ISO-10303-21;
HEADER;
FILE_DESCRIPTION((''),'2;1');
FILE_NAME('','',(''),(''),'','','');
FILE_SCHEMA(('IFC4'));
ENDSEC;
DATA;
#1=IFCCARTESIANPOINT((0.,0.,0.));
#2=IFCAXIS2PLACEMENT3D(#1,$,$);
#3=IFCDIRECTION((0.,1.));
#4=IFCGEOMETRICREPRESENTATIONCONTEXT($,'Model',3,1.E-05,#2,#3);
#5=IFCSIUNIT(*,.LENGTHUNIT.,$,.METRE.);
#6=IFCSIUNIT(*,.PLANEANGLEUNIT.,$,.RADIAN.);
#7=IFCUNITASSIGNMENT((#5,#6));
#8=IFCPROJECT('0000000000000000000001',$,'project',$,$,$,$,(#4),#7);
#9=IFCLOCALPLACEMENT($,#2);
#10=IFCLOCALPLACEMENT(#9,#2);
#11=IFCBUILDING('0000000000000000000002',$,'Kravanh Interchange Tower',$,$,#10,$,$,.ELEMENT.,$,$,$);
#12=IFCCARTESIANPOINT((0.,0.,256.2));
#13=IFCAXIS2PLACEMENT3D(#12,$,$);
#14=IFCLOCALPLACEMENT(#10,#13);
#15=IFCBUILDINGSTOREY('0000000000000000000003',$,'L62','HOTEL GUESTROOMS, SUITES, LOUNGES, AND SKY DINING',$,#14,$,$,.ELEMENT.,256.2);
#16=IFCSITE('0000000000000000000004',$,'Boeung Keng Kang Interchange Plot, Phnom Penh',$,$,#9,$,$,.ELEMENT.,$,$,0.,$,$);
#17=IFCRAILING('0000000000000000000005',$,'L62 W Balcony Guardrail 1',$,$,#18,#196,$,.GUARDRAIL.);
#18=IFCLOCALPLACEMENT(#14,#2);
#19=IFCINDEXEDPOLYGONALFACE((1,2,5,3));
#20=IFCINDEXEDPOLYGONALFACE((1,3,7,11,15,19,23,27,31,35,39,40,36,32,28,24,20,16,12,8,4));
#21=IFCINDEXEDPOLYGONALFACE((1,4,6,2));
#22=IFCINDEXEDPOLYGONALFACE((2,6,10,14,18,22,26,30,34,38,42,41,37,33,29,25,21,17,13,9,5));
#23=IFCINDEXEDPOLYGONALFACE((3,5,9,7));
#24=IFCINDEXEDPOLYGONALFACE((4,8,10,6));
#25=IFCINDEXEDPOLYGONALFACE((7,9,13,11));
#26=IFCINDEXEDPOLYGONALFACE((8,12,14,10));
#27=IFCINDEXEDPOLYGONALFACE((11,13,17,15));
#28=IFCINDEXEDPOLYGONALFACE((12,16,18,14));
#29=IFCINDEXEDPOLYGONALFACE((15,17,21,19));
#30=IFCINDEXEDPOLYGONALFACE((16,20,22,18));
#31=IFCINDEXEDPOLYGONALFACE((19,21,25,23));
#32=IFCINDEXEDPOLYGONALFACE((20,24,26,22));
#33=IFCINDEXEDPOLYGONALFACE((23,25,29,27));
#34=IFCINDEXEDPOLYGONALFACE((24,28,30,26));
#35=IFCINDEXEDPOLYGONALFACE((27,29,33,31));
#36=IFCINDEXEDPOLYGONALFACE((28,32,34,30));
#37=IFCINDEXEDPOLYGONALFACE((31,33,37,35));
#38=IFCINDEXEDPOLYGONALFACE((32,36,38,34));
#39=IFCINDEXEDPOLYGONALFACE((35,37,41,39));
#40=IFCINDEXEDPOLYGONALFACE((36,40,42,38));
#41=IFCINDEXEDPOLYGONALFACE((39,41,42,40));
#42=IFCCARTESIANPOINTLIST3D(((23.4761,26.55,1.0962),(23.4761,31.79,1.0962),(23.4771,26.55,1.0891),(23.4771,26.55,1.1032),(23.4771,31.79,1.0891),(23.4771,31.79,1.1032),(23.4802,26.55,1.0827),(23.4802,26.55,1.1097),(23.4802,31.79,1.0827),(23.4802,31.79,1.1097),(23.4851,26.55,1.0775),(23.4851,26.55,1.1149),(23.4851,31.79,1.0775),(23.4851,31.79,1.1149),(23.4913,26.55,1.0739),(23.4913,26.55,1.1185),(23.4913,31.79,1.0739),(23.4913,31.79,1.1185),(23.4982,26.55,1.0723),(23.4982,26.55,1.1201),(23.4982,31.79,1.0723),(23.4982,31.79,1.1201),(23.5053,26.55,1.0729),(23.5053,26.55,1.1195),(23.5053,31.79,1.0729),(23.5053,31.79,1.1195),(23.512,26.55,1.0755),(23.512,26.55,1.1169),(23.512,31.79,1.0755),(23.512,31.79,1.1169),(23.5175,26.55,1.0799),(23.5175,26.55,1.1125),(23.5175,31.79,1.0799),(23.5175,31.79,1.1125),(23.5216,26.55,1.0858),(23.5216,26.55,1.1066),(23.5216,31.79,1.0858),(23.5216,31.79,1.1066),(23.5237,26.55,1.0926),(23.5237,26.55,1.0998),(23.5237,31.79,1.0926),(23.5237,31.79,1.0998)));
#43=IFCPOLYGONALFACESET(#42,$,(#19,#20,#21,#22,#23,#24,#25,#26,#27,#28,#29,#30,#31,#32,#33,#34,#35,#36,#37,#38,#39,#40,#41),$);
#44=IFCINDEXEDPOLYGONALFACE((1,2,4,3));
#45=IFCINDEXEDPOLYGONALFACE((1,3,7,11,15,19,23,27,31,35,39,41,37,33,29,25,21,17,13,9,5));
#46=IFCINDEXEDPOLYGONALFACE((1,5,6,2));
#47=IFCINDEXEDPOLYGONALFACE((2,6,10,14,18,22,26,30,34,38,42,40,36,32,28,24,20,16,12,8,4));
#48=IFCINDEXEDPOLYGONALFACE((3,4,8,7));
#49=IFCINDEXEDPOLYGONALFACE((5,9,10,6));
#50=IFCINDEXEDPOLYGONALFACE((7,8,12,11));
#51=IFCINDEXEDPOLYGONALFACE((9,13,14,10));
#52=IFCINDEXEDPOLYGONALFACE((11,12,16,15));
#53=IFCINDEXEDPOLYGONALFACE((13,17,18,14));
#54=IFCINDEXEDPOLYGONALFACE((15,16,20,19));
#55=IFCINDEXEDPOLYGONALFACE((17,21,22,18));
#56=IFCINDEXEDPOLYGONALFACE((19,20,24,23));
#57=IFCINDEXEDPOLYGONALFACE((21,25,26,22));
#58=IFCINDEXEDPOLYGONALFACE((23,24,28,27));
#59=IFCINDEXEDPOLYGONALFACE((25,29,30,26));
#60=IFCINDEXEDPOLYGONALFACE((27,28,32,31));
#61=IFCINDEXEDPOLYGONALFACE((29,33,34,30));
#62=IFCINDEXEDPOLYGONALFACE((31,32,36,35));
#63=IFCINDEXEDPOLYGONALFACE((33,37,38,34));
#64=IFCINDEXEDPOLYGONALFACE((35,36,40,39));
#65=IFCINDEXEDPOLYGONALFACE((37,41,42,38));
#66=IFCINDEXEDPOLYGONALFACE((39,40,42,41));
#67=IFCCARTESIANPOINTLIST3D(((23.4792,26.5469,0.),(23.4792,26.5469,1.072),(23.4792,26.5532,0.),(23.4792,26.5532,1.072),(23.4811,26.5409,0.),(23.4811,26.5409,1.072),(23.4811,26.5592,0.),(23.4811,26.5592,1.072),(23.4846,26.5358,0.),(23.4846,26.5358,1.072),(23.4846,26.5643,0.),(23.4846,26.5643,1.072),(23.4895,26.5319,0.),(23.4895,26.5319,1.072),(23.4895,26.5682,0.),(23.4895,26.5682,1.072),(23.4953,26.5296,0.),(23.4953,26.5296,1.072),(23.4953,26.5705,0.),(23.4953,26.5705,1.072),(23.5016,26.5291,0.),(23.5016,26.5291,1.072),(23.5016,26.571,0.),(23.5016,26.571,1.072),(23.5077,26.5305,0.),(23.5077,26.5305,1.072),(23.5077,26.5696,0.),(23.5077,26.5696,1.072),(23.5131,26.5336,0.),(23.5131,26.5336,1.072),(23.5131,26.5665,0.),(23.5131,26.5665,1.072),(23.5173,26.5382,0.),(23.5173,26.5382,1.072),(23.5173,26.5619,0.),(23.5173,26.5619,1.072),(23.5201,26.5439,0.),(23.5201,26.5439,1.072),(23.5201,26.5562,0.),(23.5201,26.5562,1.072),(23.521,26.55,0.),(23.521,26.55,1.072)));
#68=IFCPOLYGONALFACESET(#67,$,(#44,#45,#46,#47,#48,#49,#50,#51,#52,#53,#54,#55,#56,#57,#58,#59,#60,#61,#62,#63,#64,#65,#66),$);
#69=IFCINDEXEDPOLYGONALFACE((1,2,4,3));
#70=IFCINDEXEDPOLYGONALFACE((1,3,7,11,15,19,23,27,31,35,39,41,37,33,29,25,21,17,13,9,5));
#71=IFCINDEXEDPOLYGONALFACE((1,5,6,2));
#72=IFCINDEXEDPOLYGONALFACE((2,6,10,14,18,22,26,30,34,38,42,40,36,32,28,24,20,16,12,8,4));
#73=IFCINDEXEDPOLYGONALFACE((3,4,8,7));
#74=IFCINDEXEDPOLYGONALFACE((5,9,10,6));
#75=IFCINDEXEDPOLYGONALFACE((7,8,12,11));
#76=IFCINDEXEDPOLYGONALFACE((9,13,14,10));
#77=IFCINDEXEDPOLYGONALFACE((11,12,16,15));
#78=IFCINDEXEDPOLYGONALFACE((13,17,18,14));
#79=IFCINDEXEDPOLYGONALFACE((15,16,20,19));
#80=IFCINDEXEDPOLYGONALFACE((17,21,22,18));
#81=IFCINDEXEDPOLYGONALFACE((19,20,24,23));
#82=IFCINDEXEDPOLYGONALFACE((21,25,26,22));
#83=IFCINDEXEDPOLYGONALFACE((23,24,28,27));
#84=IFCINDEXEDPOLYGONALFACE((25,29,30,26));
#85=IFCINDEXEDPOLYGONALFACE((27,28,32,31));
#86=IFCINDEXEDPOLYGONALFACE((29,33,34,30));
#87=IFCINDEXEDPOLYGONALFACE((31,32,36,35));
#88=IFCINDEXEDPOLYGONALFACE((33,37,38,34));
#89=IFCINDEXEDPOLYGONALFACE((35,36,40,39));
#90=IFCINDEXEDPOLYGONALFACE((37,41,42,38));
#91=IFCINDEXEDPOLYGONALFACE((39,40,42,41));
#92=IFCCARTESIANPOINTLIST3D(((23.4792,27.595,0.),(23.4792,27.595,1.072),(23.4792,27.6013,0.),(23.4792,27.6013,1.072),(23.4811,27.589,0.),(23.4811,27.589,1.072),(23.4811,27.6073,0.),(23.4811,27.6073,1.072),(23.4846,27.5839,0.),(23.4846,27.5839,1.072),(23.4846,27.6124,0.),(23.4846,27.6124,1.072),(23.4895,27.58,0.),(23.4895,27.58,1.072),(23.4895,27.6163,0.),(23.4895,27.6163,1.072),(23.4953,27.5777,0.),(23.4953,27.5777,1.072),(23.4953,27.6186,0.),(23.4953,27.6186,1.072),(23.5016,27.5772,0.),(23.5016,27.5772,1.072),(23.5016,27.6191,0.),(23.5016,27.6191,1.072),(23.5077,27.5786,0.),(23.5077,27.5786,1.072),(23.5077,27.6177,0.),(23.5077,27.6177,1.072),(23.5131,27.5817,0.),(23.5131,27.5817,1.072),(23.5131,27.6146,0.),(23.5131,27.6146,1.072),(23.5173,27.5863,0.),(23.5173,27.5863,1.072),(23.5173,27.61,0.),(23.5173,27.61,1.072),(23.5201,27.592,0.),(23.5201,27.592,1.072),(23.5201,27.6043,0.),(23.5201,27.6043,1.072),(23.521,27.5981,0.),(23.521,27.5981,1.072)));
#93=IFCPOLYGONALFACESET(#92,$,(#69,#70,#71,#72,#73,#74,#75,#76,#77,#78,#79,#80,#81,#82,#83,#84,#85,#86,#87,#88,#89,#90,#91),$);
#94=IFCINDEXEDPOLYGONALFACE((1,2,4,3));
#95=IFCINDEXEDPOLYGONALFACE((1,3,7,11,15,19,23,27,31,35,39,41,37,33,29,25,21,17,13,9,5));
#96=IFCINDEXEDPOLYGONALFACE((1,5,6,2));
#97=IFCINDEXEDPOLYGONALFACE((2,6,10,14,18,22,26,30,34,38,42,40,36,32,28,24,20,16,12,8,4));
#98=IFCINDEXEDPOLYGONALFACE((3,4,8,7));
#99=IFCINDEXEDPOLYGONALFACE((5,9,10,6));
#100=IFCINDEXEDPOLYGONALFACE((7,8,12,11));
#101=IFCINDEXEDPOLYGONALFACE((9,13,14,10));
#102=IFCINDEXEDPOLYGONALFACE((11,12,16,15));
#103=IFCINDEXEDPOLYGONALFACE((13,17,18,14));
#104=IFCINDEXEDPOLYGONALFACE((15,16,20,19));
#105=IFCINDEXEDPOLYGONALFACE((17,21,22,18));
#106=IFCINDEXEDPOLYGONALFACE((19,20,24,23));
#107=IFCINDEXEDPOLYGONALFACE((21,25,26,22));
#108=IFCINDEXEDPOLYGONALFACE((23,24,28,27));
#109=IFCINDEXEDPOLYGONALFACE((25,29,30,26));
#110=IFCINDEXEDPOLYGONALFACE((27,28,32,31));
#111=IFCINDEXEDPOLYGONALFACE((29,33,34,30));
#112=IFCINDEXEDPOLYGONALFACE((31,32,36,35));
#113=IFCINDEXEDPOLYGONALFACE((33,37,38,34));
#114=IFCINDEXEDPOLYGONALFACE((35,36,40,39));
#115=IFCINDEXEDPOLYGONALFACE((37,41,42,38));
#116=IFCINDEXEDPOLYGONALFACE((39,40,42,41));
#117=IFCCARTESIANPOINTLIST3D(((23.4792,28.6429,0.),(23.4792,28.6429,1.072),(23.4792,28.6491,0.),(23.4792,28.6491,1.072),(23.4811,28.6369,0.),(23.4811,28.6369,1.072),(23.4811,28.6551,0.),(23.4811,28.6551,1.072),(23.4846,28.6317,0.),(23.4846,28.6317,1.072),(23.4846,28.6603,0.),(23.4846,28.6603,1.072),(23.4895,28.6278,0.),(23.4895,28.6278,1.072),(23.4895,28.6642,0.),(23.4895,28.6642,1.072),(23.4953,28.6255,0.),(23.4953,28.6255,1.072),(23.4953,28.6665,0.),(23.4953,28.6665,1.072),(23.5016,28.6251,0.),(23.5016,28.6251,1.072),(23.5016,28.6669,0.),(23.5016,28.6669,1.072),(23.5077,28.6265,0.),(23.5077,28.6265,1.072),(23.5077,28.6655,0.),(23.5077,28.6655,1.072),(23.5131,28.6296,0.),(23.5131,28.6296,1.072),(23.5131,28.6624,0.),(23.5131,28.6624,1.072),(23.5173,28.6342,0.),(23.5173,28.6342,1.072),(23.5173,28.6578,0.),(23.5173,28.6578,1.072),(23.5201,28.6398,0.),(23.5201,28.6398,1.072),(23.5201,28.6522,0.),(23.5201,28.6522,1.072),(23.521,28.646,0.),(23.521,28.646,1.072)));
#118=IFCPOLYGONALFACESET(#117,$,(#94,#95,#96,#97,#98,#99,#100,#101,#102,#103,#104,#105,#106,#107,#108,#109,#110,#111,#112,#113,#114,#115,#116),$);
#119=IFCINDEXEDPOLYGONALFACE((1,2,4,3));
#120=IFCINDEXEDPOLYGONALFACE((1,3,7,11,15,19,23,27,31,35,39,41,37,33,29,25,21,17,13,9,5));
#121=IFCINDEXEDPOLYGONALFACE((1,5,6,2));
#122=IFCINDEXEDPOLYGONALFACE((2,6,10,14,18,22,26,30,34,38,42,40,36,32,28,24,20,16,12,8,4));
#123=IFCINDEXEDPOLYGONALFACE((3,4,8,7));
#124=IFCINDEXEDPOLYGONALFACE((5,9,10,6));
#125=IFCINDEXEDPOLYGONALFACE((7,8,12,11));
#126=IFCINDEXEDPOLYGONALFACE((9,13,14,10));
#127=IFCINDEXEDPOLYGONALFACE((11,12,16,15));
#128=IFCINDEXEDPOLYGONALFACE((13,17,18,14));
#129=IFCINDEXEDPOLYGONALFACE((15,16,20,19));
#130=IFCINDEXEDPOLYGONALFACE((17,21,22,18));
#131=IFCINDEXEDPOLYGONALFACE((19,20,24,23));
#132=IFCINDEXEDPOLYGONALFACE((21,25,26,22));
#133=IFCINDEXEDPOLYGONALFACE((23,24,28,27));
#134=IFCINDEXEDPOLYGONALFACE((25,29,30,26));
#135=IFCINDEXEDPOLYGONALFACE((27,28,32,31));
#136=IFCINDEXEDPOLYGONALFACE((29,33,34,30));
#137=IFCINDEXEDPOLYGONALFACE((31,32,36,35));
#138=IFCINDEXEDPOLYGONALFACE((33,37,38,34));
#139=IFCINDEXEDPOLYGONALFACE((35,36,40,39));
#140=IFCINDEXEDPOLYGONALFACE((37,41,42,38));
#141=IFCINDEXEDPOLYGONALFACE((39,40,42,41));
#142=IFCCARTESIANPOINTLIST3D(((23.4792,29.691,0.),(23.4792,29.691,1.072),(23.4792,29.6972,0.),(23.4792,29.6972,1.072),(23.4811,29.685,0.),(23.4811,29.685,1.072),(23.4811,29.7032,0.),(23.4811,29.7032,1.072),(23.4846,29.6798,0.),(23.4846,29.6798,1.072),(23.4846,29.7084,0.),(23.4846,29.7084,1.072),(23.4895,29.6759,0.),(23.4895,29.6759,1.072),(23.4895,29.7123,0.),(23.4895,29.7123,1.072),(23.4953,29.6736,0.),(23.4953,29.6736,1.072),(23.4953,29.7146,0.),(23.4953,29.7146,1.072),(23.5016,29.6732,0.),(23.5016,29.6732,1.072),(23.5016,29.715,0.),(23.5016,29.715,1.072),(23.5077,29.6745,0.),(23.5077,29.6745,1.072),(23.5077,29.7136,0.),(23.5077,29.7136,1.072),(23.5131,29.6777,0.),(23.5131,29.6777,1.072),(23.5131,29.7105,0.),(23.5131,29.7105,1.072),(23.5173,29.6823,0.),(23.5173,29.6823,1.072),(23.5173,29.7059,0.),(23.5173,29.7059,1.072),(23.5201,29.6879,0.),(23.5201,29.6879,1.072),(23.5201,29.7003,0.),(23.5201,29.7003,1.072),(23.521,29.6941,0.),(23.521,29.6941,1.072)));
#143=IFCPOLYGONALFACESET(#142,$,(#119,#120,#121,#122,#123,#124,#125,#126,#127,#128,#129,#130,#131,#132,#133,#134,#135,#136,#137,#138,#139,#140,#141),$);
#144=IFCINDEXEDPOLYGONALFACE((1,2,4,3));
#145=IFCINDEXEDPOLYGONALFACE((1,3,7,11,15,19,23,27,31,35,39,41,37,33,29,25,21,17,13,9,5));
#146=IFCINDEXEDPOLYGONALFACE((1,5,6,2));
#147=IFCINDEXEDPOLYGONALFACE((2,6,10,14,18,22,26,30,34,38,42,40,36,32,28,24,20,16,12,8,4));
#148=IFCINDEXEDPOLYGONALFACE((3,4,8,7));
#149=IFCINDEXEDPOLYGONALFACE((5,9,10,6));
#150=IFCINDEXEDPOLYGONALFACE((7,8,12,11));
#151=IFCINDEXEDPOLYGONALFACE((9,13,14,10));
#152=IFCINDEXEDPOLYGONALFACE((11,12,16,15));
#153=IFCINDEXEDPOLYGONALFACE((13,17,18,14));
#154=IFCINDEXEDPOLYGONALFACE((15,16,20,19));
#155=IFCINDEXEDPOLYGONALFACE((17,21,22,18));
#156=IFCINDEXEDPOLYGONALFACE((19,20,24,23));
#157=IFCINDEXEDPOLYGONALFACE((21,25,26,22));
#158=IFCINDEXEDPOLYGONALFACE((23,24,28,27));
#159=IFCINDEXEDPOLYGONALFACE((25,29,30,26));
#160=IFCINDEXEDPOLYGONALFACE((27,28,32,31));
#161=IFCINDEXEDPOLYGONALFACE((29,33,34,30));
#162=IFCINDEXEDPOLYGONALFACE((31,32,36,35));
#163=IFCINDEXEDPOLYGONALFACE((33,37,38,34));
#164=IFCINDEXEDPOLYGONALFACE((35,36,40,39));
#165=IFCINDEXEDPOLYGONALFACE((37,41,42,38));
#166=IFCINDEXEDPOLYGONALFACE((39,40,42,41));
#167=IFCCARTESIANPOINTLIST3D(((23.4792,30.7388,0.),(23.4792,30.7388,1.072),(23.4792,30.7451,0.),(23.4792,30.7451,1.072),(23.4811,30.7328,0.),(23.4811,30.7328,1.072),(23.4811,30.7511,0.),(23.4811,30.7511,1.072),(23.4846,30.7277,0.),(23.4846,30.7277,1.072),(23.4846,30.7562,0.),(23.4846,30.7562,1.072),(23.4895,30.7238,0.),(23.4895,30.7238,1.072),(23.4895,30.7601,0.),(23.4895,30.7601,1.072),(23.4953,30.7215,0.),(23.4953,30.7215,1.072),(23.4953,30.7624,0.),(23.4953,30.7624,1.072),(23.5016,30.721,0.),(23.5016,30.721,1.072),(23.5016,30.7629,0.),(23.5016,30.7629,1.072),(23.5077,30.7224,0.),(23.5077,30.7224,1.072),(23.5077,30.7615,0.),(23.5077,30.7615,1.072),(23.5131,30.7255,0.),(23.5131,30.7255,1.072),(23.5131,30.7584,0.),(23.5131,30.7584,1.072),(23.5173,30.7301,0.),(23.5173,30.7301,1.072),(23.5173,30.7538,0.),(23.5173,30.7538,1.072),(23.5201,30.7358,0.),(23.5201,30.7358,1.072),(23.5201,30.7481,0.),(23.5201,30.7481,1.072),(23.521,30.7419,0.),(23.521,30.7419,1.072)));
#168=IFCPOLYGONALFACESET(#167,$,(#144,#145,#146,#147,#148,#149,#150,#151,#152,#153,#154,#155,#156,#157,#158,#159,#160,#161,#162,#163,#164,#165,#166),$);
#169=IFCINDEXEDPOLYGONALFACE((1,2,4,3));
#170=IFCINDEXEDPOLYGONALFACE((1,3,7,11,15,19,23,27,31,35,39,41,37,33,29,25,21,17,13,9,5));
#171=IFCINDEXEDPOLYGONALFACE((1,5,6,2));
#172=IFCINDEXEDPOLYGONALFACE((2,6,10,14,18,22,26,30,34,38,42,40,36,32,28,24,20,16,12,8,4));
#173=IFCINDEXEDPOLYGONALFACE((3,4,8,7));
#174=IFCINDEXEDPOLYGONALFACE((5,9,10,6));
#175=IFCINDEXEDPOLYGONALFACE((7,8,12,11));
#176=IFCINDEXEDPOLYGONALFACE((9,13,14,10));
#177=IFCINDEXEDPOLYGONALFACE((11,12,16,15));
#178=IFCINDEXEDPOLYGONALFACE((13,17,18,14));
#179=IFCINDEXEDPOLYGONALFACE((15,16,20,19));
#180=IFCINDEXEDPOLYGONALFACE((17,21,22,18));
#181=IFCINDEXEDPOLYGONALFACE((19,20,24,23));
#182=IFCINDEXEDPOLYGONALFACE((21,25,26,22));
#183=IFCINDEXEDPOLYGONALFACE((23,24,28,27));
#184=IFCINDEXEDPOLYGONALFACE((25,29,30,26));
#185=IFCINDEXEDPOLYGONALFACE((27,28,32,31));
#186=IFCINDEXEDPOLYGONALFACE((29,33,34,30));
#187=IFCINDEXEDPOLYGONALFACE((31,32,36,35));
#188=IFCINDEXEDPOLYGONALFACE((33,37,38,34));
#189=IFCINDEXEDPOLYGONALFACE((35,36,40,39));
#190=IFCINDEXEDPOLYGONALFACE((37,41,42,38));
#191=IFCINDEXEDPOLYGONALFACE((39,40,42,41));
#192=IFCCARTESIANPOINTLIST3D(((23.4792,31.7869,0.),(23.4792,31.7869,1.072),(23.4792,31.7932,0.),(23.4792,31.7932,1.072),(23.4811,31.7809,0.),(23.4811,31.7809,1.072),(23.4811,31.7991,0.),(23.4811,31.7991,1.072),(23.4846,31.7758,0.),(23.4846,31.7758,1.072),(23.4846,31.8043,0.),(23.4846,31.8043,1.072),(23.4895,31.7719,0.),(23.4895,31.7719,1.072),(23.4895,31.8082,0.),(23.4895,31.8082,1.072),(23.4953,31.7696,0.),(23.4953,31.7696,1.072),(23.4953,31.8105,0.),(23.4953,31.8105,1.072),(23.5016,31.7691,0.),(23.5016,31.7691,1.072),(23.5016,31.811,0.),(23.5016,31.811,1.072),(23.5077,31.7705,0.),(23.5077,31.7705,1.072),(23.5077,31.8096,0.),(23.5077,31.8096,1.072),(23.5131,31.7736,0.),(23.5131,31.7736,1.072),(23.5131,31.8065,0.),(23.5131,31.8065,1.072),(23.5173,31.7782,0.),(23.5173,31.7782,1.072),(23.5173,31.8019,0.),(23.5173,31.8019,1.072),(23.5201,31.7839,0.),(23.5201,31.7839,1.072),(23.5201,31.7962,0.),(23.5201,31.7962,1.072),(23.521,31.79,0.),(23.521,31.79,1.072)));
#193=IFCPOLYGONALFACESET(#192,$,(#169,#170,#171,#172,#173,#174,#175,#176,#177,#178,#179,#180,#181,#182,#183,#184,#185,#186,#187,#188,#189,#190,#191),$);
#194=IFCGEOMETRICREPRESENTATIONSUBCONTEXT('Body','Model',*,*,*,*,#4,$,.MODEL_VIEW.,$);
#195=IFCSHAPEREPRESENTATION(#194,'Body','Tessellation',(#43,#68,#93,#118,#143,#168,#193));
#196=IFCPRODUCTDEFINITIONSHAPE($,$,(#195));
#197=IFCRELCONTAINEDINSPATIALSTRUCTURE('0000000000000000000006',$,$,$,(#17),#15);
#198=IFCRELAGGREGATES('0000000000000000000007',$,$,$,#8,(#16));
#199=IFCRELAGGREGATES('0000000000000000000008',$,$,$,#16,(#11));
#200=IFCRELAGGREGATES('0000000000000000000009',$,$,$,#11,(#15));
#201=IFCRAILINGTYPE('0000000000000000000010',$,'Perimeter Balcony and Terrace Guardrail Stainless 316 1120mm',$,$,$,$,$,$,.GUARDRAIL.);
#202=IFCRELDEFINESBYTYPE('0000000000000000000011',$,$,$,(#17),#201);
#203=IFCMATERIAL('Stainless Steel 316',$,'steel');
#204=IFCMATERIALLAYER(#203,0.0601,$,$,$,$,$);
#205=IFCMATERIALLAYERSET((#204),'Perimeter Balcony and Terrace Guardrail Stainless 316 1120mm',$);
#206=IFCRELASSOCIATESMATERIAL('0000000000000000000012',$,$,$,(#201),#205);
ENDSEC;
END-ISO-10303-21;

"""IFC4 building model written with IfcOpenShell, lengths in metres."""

from ifc_helpers import new_model, si_unit, direction, frame, origin, origin_2d, place, context, subcontext, project, spatial, circle, extrude, material, layer, layer_set, type_object, element, save


model = new_model("IFC4")

# Units and contexts
model_context = context("Model", 3, precision=1e-05, world=origin(), true_north=direction((0.0, 1.0)))
body_context = subcontext(model_context, "Body", "Model", "MODEL_VIEW")
ifc_project = project(units=[si_unit("LENGTHUNIT", "METRE"), si_unit("PLANEANGLEUNIT", "RADIAN")], contexts=[model_context])

# Site, building, storey
site_placement = place(None, origin())
site = spatial("IfcSite", under=ifc_project, at=site_placement, Name="Boeung Keng Kang Interchange Plot, Phnom Penh", CompositionType="ELEMENT", RefElevation=0.0)
building_placement = place(site_placement, origin())
building = spatial("IfcBuilding", under=site, at=building_placement, Name="Kravanh Interchange Tower", CompositionType="ELEMENT")
storey_placement = place(building_placement, frame((0.0, 0.0, 256.2)))
storey = spatial("IfcBuildingStorey", under=building, at=storey_placement, Name="L62", Description="HOTEL GUESTROOMS, SUITES, LOUNGES, AND SKY DINING", CompositionType="ELEMENT", Elevation=256.2)

# Railing
ifc_material_1 = material(Name="Stainless Steel 316", Category="steel")
ifc_layer_1 = layer(ifc_material_1, 0.0601)
ifc_layer_set_1 = layer_set([ifc_layer_1], Name="Perimeter Balcony and Terrace Guardrail Stainless 316 1120mm")
railing_type = type_object("IfcRailingType", Name="Perimeter Balcony and Terrace Guardrail Stainless 316 1120mm", PredefinedType="GUARDRAIL", material=ifc_layer_set_1)
railing_1_placement = place(storey_placement, frame((23.5, 26.55, 0.0)))
element("IfcRailing", 1, at=railing_1_placement, inside=storey, type_object=railing_type, Name="L62 W Balcony Guardrail 1", PredefinedType="GUARDRAIL", context=body_context, shape_type="SweptSolid", body=[
    extrude(circle(Radius=0.0239, at=origin_2d()), frame((0.0, 0.0, 1.0962), z_axis=(0.0, 1.0, 0.0), x_axis=(-1.0, 0.0, 0.0)), (0.0, 0.0, 1.0), 5.24),
    extrude(circle(Radius=0.021, at=origin_2d()), origin(), (0.0, 0.0, 1.0), 1.072),
    extrude(circle(Radius=0.021, at=origin_2d()), frame((0.0, 1.0481, 0.0)), (0.0, 0.0, 1.0), 1.072),
    extrude(circle(Radius=0.021, at=origin_2d()), frame((0.0, 2.0959, 0.0)), (0.0, 0.0, 1.0), 1.072),
    extrude(circle(Radius=0.021, at=origin_2d()), frame((0.0, 3.144, 0.0)), (0.0, 0.0, 1.0), 1.072),
    extrude(circle(Radius=0.021, at=origin_2d()), frame((0.0, 4.1919, 0.0)), (0.0, 0.0, 1.0), 1.072),
    extrude(circle(Radius=0.021, at=origin_2d()), frame((0.0, 5.24, 0.0)), (0.0, 0.0, 1.0), 1.072),
])

save(model, "model.ifc")
